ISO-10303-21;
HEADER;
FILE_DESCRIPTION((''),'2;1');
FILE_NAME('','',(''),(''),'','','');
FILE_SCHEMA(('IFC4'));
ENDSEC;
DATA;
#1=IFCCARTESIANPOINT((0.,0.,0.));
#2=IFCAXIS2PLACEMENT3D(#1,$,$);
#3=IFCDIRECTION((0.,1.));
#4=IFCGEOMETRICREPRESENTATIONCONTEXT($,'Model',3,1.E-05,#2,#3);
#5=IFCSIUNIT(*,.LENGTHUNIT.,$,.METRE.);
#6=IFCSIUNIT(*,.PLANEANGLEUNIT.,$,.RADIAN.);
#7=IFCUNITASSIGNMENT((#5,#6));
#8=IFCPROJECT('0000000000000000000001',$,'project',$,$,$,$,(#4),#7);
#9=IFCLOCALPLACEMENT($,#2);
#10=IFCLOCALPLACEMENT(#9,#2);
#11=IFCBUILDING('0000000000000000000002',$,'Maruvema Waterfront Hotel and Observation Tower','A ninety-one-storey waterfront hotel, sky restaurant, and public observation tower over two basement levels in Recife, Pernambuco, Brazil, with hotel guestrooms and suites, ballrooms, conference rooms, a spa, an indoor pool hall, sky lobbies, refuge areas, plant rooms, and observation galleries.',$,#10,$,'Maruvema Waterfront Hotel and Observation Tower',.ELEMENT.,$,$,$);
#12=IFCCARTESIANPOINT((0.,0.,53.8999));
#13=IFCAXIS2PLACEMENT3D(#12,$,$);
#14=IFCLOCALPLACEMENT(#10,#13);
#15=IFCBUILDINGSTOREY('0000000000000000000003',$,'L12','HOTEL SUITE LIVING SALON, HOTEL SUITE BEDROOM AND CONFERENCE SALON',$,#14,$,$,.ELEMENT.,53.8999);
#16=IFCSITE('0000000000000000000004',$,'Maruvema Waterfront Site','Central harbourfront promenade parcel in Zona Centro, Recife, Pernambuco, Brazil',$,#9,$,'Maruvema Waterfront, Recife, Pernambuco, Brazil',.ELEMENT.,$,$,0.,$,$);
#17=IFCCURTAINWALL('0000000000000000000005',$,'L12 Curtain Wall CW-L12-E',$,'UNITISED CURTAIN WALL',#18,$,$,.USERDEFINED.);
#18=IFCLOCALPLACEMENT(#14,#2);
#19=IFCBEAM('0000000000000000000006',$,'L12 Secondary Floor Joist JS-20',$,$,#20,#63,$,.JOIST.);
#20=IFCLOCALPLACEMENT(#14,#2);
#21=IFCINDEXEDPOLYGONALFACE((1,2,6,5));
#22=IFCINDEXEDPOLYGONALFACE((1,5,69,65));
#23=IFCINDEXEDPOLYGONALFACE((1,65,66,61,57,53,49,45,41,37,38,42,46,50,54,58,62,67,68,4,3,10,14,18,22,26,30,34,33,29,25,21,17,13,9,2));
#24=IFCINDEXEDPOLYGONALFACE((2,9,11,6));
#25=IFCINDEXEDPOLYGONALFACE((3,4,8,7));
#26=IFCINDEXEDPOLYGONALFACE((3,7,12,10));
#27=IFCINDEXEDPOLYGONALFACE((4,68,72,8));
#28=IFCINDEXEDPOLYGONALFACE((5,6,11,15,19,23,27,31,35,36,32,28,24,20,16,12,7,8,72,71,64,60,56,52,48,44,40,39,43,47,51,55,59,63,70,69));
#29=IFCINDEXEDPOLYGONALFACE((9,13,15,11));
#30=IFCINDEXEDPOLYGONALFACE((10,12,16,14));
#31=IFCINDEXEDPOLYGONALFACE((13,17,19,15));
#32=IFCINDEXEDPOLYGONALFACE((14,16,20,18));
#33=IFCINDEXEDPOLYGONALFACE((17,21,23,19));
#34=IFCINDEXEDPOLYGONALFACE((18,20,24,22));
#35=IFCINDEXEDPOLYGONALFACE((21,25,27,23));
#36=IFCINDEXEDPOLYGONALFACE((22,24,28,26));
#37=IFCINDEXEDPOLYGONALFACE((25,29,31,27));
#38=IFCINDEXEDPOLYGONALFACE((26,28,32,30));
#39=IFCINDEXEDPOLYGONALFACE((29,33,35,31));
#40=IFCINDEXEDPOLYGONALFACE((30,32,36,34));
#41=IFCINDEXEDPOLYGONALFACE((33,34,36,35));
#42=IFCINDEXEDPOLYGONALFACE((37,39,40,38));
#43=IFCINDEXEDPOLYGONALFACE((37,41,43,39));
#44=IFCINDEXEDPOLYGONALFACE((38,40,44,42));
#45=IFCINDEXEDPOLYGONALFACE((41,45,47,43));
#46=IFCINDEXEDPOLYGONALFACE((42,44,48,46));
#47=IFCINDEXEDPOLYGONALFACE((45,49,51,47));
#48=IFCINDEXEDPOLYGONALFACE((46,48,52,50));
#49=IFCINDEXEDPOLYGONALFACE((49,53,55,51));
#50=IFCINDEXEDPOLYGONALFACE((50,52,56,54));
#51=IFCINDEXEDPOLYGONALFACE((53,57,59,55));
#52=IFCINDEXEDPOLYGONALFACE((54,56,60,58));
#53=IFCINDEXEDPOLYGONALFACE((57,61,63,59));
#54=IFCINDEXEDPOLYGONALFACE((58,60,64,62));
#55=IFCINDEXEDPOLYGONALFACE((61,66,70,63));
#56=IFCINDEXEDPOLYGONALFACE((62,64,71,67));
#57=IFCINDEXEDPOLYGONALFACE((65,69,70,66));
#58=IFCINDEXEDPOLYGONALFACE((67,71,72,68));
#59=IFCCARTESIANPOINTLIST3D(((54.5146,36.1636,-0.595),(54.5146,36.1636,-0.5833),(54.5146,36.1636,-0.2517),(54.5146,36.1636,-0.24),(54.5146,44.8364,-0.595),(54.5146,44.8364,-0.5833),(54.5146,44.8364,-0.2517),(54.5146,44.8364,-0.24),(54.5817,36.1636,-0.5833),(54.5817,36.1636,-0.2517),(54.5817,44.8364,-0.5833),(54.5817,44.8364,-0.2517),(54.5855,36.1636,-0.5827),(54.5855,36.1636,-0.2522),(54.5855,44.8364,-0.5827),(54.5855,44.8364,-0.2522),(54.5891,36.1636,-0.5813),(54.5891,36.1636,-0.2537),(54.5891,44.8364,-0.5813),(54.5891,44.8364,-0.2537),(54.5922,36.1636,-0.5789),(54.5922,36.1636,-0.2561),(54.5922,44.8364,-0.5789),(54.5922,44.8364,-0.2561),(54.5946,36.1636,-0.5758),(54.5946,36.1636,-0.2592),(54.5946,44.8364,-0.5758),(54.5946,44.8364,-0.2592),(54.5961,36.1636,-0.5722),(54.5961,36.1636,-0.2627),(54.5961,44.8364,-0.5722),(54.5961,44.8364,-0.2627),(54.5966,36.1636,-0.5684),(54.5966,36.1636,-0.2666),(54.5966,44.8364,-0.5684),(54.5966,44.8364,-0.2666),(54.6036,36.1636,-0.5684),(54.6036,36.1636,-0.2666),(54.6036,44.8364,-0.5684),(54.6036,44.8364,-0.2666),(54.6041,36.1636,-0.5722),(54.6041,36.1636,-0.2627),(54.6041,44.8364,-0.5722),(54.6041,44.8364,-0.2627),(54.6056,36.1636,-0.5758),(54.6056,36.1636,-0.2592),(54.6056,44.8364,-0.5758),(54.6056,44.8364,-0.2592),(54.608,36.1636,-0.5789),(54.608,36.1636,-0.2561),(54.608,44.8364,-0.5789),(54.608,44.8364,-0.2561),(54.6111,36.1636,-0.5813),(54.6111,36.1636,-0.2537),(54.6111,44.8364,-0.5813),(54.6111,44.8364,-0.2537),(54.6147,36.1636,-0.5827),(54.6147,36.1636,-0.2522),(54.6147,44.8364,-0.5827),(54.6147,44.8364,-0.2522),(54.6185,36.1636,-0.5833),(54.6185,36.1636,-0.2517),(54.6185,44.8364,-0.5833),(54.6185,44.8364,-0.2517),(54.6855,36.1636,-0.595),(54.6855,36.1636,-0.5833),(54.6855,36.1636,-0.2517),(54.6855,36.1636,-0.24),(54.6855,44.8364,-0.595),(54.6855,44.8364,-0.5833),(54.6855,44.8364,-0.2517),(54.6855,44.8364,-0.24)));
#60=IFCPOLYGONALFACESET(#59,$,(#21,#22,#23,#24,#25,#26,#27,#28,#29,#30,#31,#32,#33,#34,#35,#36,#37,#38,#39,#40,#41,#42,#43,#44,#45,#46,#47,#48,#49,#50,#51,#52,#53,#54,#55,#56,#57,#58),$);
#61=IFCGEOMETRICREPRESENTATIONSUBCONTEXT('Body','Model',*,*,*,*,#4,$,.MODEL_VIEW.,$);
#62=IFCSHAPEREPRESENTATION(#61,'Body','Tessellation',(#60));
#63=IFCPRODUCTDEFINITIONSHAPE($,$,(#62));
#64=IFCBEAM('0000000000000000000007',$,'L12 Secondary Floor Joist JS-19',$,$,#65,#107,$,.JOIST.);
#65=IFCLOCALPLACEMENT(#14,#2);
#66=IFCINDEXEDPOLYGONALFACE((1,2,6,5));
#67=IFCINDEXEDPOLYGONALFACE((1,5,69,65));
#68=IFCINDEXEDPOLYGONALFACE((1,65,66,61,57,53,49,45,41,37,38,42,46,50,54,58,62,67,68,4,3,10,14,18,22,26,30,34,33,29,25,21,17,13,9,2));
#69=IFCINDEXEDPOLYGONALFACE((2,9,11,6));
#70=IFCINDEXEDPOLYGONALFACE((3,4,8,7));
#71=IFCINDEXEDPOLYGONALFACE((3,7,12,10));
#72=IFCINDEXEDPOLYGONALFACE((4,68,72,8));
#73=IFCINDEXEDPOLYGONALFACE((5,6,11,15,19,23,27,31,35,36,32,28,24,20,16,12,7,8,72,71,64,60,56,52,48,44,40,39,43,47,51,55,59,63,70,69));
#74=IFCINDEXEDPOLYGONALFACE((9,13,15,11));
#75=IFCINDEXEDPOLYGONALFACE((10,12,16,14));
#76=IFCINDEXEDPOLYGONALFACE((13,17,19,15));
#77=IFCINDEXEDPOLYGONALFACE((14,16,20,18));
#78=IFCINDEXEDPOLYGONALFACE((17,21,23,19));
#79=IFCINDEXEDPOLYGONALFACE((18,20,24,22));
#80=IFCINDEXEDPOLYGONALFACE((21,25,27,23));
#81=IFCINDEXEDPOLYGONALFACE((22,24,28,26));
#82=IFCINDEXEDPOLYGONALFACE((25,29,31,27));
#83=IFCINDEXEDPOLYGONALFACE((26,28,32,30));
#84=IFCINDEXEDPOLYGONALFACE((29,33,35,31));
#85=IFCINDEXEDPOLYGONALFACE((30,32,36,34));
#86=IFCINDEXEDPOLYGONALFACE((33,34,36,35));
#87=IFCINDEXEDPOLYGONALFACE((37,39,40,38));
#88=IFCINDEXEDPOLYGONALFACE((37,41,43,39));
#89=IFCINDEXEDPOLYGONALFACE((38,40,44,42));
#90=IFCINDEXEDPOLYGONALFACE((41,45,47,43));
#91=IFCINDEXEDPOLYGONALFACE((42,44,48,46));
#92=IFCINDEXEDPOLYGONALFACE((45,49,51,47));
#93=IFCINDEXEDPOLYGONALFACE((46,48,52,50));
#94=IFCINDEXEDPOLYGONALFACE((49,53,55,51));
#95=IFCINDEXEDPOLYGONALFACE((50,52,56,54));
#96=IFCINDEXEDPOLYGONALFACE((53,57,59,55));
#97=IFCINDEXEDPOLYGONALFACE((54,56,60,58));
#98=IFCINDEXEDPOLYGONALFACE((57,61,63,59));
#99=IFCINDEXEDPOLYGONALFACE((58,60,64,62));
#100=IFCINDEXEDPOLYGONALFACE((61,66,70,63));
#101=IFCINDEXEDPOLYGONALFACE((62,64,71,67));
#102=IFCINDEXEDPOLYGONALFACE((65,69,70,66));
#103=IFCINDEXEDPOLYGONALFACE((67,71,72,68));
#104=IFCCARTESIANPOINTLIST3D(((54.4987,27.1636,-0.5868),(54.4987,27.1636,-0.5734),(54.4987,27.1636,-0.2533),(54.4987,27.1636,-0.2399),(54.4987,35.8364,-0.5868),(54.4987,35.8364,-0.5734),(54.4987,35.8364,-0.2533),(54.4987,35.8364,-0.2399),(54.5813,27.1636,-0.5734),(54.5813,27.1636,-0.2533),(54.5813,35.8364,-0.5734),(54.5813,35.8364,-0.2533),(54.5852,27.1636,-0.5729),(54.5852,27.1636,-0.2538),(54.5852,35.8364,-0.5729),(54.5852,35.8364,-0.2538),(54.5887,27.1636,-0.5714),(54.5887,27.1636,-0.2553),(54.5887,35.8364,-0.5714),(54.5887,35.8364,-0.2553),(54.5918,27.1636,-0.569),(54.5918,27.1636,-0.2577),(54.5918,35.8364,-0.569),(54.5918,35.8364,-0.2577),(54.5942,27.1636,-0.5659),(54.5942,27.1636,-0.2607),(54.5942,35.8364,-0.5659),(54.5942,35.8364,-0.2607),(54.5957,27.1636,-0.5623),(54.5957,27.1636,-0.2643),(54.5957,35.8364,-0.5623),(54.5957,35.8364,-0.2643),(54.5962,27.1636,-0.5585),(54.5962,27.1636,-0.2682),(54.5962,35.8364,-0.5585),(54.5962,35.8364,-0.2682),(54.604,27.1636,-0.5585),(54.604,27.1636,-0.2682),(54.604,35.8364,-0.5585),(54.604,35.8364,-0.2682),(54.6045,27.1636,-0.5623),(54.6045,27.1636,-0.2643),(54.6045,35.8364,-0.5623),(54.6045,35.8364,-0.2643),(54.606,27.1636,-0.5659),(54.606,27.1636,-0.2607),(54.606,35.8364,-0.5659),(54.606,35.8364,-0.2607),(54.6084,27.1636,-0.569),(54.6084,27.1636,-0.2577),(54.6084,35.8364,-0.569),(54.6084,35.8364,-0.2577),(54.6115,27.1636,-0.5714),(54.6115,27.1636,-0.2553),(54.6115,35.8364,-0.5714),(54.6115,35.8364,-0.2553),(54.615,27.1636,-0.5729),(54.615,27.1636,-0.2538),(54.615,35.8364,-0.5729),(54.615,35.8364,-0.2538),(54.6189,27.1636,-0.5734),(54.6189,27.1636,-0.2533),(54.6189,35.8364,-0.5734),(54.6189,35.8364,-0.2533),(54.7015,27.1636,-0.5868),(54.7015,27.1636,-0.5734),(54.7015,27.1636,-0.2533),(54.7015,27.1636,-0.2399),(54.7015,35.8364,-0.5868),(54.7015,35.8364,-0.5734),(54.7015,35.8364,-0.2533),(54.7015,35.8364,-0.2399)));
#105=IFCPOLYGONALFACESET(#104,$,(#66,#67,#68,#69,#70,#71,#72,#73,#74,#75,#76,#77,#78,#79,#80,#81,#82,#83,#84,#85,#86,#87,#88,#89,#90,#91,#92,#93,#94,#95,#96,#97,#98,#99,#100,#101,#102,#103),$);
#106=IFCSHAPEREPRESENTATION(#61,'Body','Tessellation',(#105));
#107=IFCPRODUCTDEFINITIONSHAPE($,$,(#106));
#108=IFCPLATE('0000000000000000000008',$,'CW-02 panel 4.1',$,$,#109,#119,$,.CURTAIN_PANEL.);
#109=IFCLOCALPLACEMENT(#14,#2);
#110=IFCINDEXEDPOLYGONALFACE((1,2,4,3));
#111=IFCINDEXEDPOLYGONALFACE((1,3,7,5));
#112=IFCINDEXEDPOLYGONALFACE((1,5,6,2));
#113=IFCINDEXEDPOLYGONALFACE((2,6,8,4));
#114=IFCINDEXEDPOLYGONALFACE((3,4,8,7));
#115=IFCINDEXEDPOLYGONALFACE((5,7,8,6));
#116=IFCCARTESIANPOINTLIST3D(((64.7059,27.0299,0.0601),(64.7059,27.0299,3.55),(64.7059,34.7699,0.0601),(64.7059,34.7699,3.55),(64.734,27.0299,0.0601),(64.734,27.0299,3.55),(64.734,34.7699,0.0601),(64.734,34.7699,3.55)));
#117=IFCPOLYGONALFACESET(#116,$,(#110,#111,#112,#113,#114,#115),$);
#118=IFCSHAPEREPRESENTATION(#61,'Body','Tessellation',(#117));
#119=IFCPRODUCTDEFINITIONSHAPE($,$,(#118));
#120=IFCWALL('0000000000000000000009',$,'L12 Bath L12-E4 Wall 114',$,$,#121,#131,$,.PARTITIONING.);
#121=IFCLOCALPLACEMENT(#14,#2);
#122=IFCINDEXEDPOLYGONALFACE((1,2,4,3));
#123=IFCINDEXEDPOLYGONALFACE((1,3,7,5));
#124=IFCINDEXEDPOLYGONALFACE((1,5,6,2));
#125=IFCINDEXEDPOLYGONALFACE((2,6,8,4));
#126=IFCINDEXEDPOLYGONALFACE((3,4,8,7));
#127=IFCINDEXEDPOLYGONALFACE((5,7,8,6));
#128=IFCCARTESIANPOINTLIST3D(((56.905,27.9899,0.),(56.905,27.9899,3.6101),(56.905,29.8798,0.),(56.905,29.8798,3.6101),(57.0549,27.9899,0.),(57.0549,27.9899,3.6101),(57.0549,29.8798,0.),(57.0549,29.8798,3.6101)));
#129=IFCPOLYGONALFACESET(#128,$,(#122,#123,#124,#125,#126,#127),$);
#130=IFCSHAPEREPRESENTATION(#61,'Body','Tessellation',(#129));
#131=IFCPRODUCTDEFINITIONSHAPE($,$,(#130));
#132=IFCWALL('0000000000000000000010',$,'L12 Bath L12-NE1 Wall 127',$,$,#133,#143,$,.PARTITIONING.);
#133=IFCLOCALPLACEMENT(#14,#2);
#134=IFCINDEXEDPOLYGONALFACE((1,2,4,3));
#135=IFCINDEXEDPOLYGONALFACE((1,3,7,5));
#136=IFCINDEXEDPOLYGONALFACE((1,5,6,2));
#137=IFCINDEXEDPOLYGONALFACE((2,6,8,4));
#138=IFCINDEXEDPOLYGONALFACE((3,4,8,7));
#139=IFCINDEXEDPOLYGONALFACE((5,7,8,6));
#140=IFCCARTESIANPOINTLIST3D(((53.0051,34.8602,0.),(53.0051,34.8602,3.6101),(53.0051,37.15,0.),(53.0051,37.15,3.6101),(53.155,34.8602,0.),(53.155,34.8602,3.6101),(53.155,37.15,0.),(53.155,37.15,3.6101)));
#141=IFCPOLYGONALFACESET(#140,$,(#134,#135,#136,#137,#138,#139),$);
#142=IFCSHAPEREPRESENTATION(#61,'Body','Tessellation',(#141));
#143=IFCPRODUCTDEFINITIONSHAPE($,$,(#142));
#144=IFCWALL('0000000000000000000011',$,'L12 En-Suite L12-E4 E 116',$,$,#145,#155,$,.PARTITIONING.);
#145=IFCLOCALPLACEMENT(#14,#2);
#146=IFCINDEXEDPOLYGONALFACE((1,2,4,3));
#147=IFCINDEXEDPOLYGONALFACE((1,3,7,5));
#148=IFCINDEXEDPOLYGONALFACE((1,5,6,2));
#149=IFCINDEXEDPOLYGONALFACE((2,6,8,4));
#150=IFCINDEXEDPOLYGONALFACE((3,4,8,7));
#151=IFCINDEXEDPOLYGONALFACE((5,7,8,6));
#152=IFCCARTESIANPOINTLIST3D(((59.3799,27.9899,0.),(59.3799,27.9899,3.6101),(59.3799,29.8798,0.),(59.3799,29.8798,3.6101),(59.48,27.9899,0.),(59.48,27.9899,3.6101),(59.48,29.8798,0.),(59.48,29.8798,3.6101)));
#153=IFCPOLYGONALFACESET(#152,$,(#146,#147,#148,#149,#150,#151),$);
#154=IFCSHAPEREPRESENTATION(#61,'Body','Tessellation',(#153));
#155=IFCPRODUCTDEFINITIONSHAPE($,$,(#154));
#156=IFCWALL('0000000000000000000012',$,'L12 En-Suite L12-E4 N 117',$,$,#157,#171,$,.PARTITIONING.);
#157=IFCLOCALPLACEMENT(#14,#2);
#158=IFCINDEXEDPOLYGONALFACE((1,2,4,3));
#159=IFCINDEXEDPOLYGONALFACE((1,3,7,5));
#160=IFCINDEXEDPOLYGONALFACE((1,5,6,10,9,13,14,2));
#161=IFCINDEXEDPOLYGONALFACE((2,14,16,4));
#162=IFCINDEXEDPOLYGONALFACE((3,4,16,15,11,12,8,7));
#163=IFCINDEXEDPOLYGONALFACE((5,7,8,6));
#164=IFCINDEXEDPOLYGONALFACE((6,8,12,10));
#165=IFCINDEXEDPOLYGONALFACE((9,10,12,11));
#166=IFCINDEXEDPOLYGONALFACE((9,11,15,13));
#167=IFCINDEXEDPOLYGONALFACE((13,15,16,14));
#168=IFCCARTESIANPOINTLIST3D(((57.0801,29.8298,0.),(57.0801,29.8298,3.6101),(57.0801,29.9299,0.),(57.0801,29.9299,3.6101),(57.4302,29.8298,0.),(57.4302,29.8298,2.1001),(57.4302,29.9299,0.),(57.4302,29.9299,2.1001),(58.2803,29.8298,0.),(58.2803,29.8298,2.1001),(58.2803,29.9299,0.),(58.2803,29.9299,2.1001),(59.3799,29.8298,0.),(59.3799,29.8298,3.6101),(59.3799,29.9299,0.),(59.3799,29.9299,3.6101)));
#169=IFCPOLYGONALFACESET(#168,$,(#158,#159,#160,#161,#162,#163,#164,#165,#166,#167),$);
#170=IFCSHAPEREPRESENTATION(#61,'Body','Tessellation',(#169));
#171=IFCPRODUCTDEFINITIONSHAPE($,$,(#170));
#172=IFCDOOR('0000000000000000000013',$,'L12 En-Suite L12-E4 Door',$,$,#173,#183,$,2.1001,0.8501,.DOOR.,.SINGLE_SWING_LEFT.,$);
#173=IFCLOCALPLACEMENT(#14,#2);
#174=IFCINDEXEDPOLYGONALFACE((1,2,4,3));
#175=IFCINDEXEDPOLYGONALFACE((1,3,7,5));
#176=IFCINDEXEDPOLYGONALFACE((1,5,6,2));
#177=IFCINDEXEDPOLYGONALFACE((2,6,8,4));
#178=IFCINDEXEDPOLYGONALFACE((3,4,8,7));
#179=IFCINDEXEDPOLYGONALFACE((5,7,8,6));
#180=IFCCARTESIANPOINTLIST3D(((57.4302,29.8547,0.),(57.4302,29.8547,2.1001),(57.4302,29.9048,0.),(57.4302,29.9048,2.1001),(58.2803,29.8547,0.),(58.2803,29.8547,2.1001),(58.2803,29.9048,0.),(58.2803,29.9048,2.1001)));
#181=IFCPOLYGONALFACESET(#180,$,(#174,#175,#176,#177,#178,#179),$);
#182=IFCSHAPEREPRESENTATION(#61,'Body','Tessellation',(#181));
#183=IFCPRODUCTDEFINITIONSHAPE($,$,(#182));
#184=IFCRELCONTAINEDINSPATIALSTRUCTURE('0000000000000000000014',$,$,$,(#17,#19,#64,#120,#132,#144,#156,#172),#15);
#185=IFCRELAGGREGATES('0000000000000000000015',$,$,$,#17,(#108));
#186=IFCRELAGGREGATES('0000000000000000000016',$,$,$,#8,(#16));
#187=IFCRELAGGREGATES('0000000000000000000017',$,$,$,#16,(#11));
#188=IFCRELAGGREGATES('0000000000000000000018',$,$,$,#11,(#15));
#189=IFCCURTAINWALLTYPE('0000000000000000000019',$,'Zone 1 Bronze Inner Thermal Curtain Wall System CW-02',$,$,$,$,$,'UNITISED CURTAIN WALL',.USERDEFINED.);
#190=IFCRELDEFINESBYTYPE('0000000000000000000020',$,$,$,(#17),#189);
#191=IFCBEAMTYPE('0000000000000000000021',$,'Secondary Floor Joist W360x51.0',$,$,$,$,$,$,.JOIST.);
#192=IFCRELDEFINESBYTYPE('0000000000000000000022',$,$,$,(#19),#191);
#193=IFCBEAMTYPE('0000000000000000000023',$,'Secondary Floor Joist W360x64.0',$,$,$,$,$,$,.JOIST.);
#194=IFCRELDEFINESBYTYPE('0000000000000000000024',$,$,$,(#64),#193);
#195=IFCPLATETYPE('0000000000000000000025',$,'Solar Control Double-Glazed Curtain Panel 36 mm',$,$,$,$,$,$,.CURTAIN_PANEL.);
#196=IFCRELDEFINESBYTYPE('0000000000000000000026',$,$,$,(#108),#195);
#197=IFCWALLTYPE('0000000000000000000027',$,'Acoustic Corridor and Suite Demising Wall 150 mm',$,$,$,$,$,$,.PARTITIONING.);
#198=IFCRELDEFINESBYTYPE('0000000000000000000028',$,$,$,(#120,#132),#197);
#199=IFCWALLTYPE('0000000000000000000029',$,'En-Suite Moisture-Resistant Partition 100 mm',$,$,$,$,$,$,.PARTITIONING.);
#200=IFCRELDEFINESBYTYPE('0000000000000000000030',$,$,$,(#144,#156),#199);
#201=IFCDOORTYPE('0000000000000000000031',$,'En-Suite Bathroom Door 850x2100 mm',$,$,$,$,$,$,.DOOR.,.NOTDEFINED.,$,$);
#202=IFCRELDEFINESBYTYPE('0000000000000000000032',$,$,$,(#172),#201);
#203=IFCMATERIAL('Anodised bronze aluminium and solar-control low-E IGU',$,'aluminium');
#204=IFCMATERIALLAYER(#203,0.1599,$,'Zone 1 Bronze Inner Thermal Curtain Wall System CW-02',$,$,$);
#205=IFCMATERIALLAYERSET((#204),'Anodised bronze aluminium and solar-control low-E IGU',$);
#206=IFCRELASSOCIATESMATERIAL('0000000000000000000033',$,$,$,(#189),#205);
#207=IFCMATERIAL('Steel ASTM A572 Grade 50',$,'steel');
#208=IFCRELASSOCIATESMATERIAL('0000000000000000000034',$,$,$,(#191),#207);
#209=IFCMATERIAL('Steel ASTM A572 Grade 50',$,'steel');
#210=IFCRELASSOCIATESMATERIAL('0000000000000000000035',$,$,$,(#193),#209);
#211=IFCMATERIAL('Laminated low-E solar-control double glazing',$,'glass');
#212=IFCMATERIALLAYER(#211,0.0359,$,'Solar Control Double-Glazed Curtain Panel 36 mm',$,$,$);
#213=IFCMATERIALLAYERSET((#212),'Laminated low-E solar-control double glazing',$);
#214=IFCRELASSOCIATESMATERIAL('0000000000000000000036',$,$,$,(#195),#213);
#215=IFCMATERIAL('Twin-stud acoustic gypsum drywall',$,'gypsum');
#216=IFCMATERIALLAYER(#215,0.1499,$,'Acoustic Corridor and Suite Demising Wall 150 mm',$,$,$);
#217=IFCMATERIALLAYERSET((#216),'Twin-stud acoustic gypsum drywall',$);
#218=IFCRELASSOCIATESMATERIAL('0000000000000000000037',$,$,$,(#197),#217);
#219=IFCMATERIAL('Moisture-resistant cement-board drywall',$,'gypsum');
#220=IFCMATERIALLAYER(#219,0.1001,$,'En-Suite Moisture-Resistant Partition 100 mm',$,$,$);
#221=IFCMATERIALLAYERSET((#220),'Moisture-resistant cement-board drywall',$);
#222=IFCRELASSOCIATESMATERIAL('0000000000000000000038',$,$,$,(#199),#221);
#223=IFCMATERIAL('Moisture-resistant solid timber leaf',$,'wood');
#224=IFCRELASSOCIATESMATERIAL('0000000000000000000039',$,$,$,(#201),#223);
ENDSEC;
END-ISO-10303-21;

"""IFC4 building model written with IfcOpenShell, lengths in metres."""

from ifc_helpers import new_model, si_unit, direction, frame, frame_2d, origin, origin_2d, place, context, subcontext, project, spatial, rectangle, i_section, extrude, material, layer, layer_set, material_profile, profile_set, type_object, element, fill, aggregate, save


model = new_model("IFC4")

# Units and contexts
model_context = context("Model", 3, precision=1e-05, world=origin(), true_north=direction((0.0, 1.0)))
body_context = subcontext(model_context, "Body", "Model", "MODEL_VIEW")
ifc_project = project(units=[si_unit("LENGTHUNIT", "METRE"), si_unit("PLANEANGLEUNIT", "RADIAN")], contexts=[model_context])

# Site, building, storey
site_placement = place(None, origin())
site = spatial("IfcSite", under=ifc_project, at=site_placement, Name="Maruvema Waterfront Site", Description="Central harbourfront promenade parcel in Zona Centro, Recife, Pernambuco, Brazil", LongName="Maruvema Waterfront, Recife, Pernambuco, Brazil", CompositionType="ELEMENT", RefElevation=0.0)
building_placement = place(site_placement, origin())
building = spatial("IfcBuilding", under=site, at=building_placement, Name="Maruvema Waterfront Hotel and Observation Tower", Description="A ninety-one-storey waterfront hotel, sky restaurant, and public observation tower over two basement levels in Recife, Pernambuco, Brazil, with hotel guestrooms and suites, ballrooms, conference rooms, a spa, an indoor pool hall, sky lobbies, refuge areas, plant rooms, and observation galleries.", LongName="Maruvema Waterfront Hotel and Observation Tower", CompositionType="ELEMENT")
storey_placement = place(building_placement, frame((0.0, 0.0, 53.8999)))
storey = spatial("IfcBuildingStorey", under=building, at=storey_placement, Name="L12", Description="HOTEL SUITE LIVING SALON, HOTEL SUITE BEDROOM AND CONFERENCE SALON", CompositionType="ELEMENT", Elevation=53.8999)

# Curtain wall
ifc_material_1 = material(Name="Anodised bronze aluminium and solar-control low-E IGU", Category="aluminium")
ifc_layer_1 = layer(ifc_material_1, 0.1599, Name="Zone 1 Bronze Inner Thermal Curtain Wall System CW-02")
ifc_layer_set_1 = layer_set([ifc_layer_1], Name="Anodised bronze aluminium and solar-control low-E IGU")
curtain_wall_type = type_object("IfcCurtainWallType", Name="Zone 1 Bronze Inner Thermal Curtain Wall System CW-02", ElementType="UNITISED CURTAIN WALL", PredefinedType="USERDEFINED", material=ifc_layer_set_1)
curtain_wall_placement = place(storey_placement, origin())
curtain_wall = element("IfcCurtainWall", 1, at=curtain_wall_placement, inside=storey, type_object=curtain_wall_type, Name="L12 Curtain Wall CW-L12-E", ObjectType="UNITISED CURTAIN WALL", PredefinedType="USERDEFINED")

# Beams
ifc_material_2 = material(Name="Steel ASTM A572 Grade 50", Category="steel")
ifc_material_profile_1 = material_profile(ifc_material_2, i_section(OverallWidth=0.1709, OverallDepth=0.355, WebThickness=0.0071, FlangeThickness=0.0117, FilletRadius=0.0149, at=origin_2d()), Name="W360x51.0")
ifc_profile_set_1 = profile_set([ifc_material_profile_1], Name="Steel ASTM A572 Grade 50")
beam_type_1 = type_object("IfcBeamType", Name="Secondary Floor Joist W360x51.0", PredefinedType="JOIST", material=ifc_profile_set_1)
beam_1_placement = place(storey_placement, frame((54.6001, 36.1636, -0.4175), z_axis=(0.0, 1.0, 0.0), x_axis=(-1.0, 0.0, 0.0)))
element("IfcBeam", 2, at=beam_1_placement, inside=storey, type_object=beam_type_1, Name="L12 Secondary Floor Joist JS-20", PredefinedType="JOIST", context=body_context, shape_type="SweptSolid", body=[
    extrude(i_section(OverallWidth=0.1709, OverallDepth=0.355, WebThickness=0.0071, FlangeThickness=0.0117, FilletRadius=0.0149, at=origin_2d()), origin(), (0.0, 0.0, 1.0), 8.6729),
])
ifc_material_3 = material(Name="Steel ASTM A572 Grade 50", Category="steel")
ifc_material_profile_2 = material_profile(ifc_material_3, i_section(OverallWidth=0.2029, OverallDepth=0.3469, WebThickness=0.0078, FlangeThickness=0.0134, FilletRadius=0.0149, at=origin_2d()), Name="W360x64.0")
ifc_profile_set_2 = profile_set([ifc_material_profile_2], Name="Steel ASTM A572 Grade 50")
beam_type_2 = type_object("IfcBeamType", Name="Secondary Floor Joist W360x64.0", PredefinedType="JOIST", material=ifc_profile_set_2)
beam_2_placement = place(storey_placement, frame((54.6001, 27.1636, -0.4133), z_axis=(0.0, 1.0, 0.0), x_axis=(-1.0, 0.0, 0.0)))
element("IfcBeam", 3, at=beam_2_placement, inside=storey, type_object=beam_type_2, Name="L12 Secondary Floor Joist JS-19", PredefinedType="JOIST", context=body_context, shape_type="SweptSolid", body=[
    extrude(i_section(OverallWidth=0.2029, OverallDepth=0.3469, WebThickness=0.0078, FlangeThickness=0.0134, FilletRadius=0.0149, at=origin_2d()), origin(), (0.0, 0.0, 1.0), 8.6729),
])

# Plate
ifc_material_4 = material(Name="Laminated low-E solar-control double glazing", Category="glass")
ifc_layer_2 = layer(ifc_material_4, 0.0359, Name="Solar Control Double-Glazed Curtain Panel 36 mm")
ifc_layer_set_2 = layer_set([ifc_layer_2], Name="Laminated low-E solar-control double glazing")
plate_type = type_object("IfcPlateType", Name="Solar Control Double-Glazed Curtain Panel 36 mm", PredefinedType="CURTAIN_PANEL", material=ifc_layer_set_2)
plate_placement = place(storey_placement, frame((64.72, 30.8999, 0.0601), z_axis=(0.0, 0.0, 1.0), x_axis=(0.0, 1.0, 0.0)))
plate = element("IfcPlate", 4, at=plate_placement, type_object=plate_type, Name="CW-02 panel 4.1", PredefinedType="CURTAIN_PANEL", context=body_context, shape_type="SweptSolid", body=[
    extrude(rectangle(XDim=7.74, YDim=0.0281, at=origin_2d()), origin(), (0.0, 0.0, 1.0), 3.49),
])
aggregate(curtain_wall, [plate])

# Wall
ifc_material_5 = material(Name="Twin-stud acoustic gypsum drywall", Category="gypsum")
ifc_layer_3 = layer(ifc_material_5, 0.1499, Name="Acoustic Corridor and Suite Demising Wall 150 mm")
ifc_layer_set_3 = layer_set([ifc_layer_3], Name="Twin-stud acoustic gypsum drywall")
wall_type_1 = type_object("IfcWallType", Name="Acoustic Corridor and Suite Demising Wall 150 mm", PredefinedType="PARTITIONING", material=ifc_layer_set_3)
wall_1_placement = place(storey_placement, frame((56.98, 27.99, 0.0), z_axis=(0.0, 0.0, 1.0), x_axis=(0.0, 1.0, 0.0)))
element("IfcWall", 5, at=wall_1_placement, inside=storey, type_object=wall_type_1, Name="L12 Bath L12-E4 Wall 114", PredefinedType="PARTITIONING", context=body_context, shape_type="SweptSolid", body=[
    extrude(rectangle(XDim=1.8899, YDim=0.1499, at=frame_2d((0.9448, 0.0))), origin(), (0.0, 0.0, 1.0), 3.6101),
])

# Walls
wall_2_placement = place(storey_placement, frame((53.0801, 34.8601, 0.0), z_axis=(0.0, 0.0, 1.0), x_axis=(0.0, 1.0, 0.0)))
element("IfcWall", 6, at=wall_2_placement, inside=storey, type_object=wall_type_1, Name="L12 Bath L12-NE1 Wall 127", PredefinedType="PARTITIONING", context=body_context, shape_type="SweptSolid", body=[
    extrude(rectangle(XDim=2.2898, YDim=0.1499, at=frame_2d((1.145, 0.0))), origin(), (0.0, 0.0, 1.0), 3.6101),
])
ifc_material_6 = material(Name="Moisture-resistant cement-board drywall", Category="gypsum")
ifc_layer_4 = layer(ifc_material_6, 0.1001, Name="En-Suite Moisture-Resistant Partition 100 mm")
ifc_layer_set_4 = layer_set([ifc_layer_4], Name="Moisture-resistant cement-board drywall")
wall_type_2 = type_object("IfcWallType", Name="En-Suite Moisture-Resistant Partition 100 mm", PredefinedType="PARTITIONING", material=ifc_layer_set_4)
wall_3_placement = place(storey_placement, frame((59.4299, 27.99, 0.0), z_axis=(0.0, 0.0, 1.0), x_axis=(0.0, 1.0, 0.0)))
element("IfcWall", 7, at=wall_3_placement, inside=storey, type_object=wall_type_2, Name="L12 En-Suite L12-E4 E 116", PredefinedType="PARTITIONING", context=body_context, shape_type="SweptSolid", body=[
    extrude(rectangle(XDim=1.8899, YDim=0.1001, at=frame_2d((0.9448, 0.0))), origin(), (0.0, 0.0, 1.0), 3.6101),
])

# Wall, opening, door
wall_4_placement = place(storey_placement, frame((57.0801, 29.8799, 0.0), z_axis=(0.0, 0.0, 1.0), x_axis=(1.0, 0.0, 0.0)))
wall_4 = element("IfcWall", 8, at=wall_4_placement, inside=storey, type_object=wall_type_2, Name="L12 En-Suite L12-E4 N 117", PredefinedType="PARTITIONING", context=body_context, shape_type="SweptSolid", body=[
    extrude(rectangle(XDim=2.2998, YDim=0.1001, at=frame_2d((1.1499, 0.0))), origin(), (0.0, 0.0, 1.0), 3.6101),
])
opening_1_placement = place(wall_4_placement, frame((0.3501, 0.0, 0.0)))
opening_1 = element("IfcOpeningElement", 9, at=opening_1_placement, cuts=wall_4, PredefinedType="OPENING", context=body_context, shape_type="SweptSolid", body=[
    extrude(rectangle(XDim=0.8501, YDim=2.1001, at=frame_2d((0.425, 1.05))), frame((0.0, 0.0601, 0.0), z_axis=(0.0, -1.0, 0.0), x_axis=(1.0, 0.0, 0.0)), (0.0, 0.0, 1.0), 0.1201),
])
ifc_material_7 = material(Name="Moisture-resistant solid timber leaf", Category="wood")
door_type_1 = type_object("IfcDoorType", Name="En-Suite Bathroom Door 850x2100 mm", OperationType="NOTDEFINED", PredefinedType="DOOR", material=ifc_material_7)
door_1_placement = place(opening_1_placement, origin())
door_1 = element("IfcDoor", 10, at=door_1_placement, inside=storey, type_object=door_type_1, Name="L12 En-Suite L12-E4 Door", OperationType="SINGLE_SWING_LEFT", OverallHeight=2.1001, OverallWidth=0.8501, PredefinedType="DOOR", context=body_context, shape_type="SweptSolid", body=[
    extrude(rectangle(XDim=0.8501, YDim=2.1001, at=frame_2d((0.425, 1.05))), frame((0.0, 0.0249, 0.0), z_axis=(0.0, -1.0, 0.0), x_axis=(1.0, 0.0, 0.0)), (0.0, 0.0, 1.0), 0.05),
])
fill(opening_1, door_1)

save(model, "model.ifc")
